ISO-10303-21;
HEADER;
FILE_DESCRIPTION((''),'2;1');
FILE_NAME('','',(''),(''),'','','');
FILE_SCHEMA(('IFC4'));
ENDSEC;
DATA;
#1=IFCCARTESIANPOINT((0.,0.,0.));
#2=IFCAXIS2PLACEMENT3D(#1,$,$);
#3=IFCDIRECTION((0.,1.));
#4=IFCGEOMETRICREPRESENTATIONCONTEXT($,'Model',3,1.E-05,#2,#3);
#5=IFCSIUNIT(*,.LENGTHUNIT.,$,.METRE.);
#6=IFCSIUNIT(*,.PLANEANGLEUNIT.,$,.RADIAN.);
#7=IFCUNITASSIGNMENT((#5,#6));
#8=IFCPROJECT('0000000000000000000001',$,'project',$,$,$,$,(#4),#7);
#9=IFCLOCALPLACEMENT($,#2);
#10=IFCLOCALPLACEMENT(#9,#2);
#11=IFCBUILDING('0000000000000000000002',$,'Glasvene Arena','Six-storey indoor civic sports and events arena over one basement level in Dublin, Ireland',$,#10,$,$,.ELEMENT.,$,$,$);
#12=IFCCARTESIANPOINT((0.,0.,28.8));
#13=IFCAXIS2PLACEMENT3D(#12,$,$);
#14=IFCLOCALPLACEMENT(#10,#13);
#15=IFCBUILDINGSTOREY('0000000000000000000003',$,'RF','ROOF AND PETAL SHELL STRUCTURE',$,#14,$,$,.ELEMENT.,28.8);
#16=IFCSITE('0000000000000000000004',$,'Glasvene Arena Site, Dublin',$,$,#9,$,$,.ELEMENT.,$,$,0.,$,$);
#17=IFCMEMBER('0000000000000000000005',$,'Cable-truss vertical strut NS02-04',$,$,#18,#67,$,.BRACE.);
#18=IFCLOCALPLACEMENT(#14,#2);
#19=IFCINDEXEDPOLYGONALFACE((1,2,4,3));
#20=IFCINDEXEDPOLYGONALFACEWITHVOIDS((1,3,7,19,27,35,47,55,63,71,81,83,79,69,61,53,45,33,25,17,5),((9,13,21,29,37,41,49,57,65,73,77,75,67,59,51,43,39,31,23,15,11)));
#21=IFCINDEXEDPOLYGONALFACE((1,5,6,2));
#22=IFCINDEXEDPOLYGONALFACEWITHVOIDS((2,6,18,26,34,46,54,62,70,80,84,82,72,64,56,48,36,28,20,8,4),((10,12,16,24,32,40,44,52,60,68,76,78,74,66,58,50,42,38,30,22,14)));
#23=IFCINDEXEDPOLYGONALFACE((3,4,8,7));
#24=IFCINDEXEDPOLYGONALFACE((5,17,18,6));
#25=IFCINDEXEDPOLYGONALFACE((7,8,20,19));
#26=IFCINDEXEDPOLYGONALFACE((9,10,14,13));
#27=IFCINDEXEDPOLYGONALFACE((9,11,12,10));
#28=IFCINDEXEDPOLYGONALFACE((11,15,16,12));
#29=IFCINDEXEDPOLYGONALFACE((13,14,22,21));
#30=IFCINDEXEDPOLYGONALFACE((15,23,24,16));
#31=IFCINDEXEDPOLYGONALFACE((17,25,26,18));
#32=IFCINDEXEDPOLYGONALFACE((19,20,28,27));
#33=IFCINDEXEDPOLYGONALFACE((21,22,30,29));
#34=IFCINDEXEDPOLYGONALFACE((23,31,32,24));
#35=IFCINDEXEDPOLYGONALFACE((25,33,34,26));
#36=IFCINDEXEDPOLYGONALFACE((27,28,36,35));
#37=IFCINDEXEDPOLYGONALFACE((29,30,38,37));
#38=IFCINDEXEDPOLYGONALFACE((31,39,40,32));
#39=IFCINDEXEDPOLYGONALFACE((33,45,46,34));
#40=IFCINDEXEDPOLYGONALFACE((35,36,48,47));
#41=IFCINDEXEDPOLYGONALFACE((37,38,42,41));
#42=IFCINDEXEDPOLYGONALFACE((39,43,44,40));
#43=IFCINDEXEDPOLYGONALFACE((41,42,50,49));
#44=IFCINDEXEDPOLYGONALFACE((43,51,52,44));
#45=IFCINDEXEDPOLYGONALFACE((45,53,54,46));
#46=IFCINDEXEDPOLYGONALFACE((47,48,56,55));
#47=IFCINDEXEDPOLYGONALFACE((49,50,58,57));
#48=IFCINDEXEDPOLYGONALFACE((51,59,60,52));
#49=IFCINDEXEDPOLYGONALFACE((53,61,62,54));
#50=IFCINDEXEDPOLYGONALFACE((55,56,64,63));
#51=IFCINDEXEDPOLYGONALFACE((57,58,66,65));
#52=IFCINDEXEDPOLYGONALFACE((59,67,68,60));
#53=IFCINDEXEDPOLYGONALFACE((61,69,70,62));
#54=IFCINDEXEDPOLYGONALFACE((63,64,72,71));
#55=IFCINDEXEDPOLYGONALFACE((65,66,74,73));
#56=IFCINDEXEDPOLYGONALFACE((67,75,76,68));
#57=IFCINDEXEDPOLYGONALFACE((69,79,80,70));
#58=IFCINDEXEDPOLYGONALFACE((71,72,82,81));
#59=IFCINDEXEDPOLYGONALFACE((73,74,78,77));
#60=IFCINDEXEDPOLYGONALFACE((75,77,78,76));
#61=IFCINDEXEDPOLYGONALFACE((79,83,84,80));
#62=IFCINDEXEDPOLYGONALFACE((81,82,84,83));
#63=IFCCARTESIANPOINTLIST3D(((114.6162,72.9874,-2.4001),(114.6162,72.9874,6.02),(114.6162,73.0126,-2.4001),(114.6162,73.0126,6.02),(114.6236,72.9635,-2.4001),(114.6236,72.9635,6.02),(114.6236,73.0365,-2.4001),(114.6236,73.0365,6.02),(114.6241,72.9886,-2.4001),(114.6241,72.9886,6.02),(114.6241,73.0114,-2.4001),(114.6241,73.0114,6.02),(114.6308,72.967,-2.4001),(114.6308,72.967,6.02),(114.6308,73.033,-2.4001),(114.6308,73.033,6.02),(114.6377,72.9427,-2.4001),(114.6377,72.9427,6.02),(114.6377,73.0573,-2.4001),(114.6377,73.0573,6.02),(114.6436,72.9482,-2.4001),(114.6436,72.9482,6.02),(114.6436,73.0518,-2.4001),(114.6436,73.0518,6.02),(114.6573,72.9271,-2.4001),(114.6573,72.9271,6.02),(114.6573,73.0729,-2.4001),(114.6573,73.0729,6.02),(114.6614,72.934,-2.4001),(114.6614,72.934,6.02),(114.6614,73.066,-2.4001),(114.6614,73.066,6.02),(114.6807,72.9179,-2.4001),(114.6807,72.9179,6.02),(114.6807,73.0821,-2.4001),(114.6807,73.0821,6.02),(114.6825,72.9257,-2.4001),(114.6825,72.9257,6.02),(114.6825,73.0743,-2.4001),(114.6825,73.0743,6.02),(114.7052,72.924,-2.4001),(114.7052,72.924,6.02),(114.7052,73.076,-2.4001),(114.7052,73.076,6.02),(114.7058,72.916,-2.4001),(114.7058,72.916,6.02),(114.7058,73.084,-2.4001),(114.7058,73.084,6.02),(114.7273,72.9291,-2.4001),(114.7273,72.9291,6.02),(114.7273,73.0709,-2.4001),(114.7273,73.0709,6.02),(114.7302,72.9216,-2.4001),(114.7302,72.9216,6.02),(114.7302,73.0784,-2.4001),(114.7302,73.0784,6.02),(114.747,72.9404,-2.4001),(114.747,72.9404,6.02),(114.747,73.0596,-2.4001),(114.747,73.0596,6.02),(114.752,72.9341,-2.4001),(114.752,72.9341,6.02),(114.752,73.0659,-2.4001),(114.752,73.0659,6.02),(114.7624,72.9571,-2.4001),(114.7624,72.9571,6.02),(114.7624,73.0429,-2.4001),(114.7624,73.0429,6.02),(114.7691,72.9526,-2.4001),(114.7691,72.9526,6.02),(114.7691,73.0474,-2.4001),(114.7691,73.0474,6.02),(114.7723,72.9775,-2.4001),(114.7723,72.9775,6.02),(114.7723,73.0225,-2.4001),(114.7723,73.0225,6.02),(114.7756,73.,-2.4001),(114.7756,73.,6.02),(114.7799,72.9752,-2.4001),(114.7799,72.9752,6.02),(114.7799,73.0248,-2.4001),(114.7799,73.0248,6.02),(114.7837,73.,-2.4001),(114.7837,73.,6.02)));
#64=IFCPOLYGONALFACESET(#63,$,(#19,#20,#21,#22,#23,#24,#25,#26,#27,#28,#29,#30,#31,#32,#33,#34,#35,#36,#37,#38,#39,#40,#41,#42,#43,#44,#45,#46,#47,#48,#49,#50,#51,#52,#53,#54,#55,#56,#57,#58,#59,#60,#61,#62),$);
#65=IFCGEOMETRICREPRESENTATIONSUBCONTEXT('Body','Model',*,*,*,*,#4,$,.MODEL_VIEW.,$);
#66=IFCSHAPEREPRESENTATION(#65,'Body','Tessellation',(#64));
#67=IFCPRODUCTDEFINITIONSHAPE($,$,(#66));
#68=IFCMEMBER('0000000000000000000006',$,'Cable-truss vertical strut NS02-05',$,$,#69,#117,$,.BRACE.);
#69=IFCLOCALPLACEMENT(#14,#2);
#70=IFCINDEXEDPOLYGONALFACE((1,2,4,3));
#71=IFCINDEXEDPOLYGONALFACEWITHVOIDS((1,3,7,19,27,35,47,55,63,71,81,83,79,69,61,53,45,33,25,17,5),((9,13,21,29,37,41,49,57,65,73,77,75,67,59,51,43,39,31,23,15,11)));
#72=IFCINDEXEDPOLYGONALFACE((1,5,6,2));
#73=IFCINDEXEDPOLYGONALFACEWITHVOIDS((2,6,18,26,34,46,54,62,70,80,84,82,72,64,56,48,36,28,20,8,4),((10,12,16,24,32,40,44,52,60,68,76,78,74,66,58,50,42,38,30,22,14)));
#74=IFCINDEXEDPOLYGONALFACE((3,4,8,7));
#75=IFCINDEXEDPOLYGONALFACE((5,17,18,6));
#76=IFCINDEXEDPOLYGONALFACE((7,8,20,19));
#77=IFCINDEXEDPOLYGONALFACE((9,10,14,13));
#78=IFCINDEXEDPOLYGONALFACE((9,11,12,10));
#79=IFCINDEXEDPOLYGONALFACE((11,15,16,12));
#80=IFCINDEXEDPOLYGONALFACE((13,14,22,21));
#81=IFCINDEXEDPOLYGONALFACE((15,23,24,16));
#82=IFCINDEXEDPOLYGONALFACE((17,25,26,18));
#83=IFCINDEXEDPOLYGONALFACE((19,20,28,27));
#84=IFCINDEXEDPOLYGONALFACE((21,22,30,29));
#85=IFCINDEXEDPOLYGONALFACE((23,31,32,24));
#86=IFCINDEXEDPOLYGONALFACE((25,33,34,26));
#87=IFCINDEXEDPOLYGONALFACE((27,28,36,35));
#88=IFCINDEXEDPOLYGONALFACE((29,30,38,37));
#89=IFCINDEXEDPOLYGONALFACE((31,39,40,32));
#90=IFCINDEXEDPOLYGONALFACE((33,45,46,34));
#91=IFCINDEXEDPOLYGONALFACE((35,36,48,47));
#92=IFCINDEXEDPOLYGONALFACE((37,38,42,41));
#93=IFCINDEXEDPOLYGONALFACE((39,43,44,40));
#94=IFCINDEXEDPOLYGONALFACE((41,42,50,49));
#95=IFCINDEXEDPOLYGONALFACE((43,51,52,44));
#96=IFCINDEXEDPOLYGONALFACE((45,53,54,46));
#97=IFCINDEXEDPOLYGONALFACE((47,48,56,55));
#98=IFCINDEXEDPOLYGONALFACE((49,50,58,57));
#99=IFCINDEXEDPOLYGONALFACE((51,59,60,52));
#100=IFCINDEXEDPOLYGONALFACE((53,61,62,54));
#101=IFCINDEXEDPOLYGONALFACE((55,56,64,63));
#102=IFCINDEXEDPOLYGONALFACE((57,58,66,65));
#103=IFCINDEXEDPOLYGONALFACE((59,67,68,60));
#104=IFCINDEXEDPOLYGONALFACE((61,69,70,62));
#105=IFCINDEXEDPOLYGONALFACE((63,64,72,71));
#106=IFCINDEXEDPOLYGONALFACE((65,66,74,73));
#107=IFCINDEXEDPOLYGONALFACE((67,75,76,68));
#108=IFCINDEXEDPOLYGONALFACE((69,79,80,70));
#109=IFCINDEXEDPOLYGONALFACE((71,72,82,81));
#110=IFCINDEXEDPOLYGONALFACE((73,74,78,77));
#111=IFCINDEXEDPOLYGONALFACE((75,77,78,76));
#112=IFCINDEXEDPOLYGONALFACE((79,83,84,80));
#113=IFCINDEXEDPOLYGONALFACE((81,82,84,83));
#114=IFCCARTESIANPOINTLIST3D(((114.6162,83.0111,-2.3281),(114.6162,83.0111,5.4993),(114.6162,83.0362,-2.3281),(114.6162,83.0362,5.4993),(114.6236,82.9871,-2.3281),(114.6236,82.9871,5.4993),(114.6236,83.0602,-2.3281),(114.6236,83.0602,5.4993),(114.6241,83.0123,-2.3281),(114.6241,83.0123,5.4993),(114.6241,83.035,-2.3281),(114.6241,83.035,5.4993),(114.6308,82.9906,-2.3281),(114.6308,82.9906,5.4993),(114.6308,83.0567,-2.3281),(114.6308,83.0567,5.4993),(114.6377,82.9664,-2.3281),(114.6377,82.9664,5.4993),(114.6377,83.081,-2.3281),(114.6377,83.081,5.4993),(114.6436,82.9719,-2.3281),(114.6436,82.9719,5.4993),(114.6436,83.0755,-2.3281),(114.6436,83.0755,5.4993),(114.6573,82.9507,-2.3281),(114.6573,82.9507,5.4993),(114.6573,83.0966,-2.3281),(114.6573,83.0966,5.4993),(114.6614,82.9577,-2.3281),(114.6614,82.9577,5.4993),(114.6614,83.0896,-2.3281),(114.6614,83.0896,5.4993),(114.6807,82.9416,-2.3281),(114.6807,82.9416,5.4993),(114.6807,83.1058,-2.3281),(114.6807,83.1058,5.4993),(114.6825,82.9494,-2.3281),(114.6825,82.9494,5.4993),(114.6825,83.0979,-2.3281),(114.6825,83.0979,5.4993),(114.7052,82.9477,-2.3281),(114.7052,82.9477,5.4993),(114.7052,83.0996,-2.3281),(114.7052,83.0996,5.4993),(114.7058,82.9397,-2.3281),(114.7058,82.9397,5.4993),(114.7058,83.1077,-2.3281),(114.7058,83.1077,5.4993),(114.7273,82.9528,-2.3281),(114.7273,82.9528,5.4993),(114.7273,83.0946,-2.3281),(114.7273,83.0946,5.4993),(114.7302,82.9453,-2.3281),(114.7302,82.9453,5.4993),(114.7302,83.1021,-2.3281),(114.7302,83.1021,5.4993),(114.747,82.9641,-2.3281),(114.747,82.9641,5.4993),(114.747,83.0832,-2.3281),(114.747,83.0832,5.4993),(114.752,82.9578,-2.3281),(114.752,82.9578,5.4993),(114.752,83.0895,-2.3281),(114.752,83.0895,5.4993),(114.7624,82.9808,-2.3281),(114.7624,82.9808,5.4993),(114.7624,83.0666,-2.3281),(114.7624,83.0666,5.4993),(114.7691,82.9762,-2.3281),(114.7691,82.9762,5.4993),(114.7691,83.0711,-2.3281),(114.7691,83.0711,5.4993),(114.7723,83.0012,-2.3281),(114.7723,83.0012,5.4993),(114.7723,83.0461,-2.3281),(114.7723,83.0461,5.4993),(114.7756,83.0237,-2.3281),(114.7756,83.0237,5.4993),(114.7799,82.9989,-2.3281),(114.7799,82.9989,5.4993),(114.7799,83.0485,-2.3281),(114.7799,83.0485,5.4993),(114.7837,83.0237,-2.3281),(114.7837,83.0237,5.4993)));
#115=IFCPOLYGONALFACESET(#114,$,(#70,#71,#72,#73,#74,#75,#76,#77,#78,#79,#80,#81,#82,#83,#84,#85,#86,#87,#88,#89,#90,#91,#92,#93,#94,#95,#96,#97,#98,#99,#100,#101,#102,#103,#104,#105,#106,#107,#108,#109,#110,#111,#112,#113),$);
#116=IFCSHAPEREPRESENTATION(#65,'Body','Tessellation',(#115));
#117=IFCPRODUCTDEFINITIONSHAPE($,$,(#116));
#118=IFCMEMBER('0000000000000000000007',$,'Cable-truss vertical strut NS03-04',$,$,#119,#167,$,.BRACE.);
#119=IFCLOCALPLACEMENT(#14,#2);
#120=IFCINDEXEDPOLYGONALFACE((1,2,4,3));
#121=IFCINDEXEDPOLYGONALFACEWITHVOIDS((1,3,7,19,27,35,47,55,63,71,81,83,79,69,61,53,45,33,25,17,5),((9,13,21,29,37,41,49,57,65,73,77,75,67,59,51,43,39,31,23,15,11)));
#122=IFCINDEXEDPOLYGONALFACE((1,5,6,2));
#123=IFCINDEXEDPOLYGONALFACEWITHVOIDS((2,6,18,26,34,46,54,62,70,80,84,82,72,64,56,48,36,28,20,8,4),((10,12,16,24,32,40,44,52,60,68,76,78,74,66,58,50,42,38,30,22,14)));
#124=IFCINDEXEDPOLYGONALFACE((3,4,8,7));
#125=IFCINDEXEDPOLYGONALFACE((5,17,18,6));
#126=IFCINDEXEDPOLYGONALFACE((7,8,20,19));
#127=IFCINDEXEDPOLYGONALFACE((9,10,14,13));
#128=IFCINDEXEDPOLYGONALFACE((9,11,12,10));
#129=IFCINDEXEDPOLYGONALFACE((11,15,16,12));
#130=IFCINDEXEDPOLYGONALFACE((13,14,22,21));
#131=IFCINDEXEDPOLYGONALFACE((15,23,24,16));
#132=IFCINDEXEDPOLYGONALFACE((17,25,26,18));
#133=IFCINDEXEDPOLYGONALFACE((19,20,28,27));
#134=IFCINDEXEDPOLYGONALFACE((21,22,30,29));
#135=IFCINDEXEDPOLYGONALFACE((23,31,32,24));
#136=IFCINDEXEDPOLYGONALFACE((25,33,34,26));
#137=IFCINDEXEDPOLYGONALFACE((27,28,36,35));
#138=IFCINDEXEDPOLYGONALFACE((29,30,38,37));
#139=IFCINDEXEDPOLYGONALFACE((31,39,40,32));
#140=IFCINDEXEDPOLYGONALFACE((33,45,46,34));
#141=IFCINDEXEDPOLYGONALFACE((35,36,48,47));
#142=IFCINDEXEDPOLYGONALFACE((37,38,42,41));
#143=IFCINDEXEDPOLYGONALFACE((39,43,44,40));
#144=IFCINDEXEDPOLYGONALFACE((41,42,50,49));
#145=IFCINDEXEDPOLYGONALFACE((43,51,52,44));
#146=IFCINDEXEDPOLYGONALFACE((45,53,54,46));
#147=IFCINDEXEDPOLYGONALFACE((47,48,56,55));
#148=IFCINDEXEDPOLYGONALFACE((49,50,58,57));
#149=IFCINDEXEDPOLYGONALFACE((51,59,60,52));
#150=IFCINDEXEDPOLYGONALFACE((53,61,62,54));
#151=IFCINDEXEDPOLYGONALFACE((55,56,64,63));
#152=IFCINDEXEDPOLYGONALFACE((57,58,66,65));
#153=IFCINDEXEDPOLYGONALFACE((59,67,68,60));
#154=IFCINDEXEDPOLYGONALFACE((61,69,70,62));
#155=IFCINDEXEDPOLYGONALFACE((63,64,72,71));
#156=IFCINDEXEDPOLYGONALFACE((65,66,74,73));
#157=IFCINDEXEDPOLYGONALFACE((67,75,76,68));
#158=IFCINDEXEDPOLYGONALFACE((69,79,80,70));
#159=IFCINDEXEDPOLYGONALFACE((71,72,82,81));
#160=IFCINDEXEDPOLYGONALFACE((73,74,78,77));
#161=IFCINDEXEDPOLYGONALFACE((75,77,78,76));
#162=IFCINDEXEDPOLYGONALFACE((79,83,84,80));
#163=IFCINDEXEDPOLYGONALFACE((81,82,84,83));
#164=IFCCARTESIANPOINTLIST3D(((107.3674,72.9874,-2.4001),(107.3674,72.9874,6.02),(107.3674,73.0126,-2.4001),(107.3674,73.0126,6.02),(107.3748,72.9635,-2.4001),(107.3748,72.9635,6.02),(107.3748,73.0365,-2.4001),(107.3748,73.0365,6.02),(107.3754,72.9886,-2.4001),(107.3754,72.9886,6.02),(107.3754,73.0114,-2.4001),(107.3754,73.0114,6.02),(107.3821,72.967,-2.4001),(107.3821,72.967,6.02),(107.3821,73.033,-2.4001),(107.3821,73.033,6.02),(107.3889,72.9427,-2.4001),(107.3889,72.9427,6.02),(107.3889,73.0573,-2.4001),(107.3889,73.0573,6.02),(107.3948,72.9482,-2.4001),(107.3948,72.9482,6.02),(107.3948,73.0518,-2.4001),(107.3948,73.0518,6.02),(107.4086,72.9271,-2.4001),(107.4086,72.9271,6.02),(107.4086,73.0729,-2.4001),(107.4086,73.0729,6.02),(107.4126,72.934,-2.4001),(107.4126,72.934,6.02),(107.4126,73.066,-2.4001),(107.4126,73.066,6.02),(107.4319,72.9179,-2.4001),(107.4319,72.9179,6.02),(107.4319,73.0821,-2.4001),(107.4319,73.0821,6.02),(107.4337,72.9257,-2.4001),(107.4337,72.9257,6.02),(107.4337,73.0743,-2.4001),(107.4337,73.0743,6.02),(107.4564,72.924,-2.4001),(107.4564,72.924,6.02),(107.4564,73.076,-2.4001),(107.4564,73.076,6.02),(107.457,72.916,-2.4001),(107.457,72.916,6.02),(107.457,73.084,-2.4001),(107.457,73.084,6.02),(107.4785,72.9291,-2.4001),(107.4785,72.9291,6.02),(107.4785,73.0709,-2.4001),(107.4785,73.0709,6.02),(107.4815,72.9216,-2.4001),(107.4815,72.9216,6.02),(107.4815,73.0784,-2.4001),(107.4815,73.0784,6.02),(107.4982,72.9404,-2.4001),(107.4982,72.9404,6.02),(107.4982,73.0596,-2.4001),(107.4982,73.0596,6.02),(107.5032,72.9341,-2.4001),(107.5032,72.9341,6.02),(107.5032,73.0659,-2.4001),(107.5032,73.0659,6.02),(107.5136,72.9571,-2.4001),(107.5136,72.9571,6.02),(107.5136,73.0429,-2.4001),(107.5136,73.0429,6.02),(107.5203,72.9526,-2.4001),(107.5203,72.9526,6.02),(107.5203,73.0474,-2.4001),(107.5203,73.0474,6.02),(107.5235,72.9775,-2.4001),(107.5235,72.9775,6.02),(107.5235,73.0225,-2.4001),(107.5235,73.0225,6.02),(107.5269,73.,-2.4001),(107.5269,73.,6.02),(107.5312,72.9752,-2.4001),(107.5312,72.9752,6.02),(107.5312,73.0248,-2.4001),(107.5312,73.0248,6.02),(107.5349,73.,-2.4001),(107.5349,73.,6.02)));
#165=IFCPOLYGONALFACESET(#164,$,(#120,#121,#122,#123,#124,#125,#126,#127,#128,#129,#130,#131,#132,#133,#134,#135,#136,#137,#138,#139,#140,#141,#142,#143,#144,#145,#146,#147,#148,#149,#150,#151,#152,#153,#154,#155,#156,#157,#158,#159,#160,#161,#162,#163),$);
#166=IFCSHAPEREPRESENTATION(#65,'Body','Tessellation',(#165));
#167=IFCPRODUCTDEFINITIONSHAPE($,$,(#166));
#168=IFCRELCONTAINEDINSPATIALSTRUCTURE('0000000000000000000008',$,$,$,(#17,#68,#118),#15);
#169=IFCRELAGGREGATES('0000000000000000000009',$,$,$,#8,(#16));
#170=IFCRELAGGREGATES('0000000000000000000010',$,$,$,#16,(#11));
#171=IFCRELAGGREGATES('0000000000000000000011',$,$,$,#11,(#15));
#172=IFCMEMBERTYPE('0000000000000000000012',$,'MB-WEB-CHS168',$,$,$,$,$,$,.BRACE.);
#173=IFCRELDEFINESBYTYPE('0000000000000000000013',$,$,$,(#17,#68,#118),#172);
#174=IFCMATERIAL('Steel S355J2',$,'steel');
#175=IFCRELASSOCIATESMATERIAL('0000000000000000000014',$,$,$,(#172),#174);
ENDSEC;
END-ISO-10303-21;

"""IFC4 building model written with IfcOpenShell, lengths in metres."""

from ifc_helpers import new_model, si_unit, direction, frame, origin, origin_2d, place, context, subcontext, project, spatial, hollow_circle, extrude, material, material_profile, profile_set, type_object, element, save


model = new_model("IFC4")

# Units and contexts
model_context = context("Model", 3, precision=1e-05, world=origin(), true_north=direction((0.0, 1.0)))
body_context = subcontext(model_context, "Body", "Model", "MODEL_VIEW")
ifc_project = project(units=[si_unit("LENGTHUNIT", "METRE"), si_unit("PLANEANGLEUNIT", "RADIAN")], contexts=[model_context])

# Site, building, storey
site_placement = place(None, origin())
site = spatial("IfcSite", under=ifc_project, at=site_placement, Name="Glasvene Arena Site, Dublin", CompositionType="ELEMENT", RefElevation=0.0)
building_placement = place(site_placement, origin())
building = spatial("IfcBuilding", under=site, at=building_placement, Name="Glasvene Arena", Description="Six-storey indoor civic sports and events arena over one basement level in Dublin, Ireland", CompositionType="ELEMENT")
storey_placement = place(building_placement, frame((0.0, 0.0, 28.8)))
storey = spatial("IfcBuildingStorey", under=building, at=storey_placement, Name="RF", Description="ROOF AND PETAL SHELL STRUCTURE", CompositionType="ELEMENT", Elevation=28.8)

# Members
ifc_material_1 = material(Name="Steel S355J2", Category="steel")
ifc_material_profile_1 = material_profile(ifc_material_1, hollow_circle(Radius=0.0842, WallThickness=0.0081, at=origin_2d()), Name="CHS 168.3x8.0")
ifc_profile_set_1 = profile_set([ifc_material_profile_1], Name="Steel S355J2")
member_type_1 = type_object("IfcMemberType", Name="MB-WEB-CHS168", PredefinedType="BRACE", material=ifc_profile_set_1)
member_1_placement = place(storey_placement, frame((114.6995, 73.0, -2.4001), z_axis=(0.0, 0.0, 1.0), x_axis=(1.0, 0.0, 0.0)))
element("IfcMember", 1, at=member_1_placement, inside=storey, type_object=member_type_1, Name="Cable-truss vertical strut NS02-04", PredefinedType="BRACE", context=body_context, shape_type="SweptSolid", body=[
    extrude(hollow_circle(Radius=0.0842, WallThickness=0.0081, at=origin_2d()), origin(), (0.0, 0.0, 1.0), 8.4202),
])
member_2_placement = place(storey_placement, frame((114.6995, 83.0237, -2.3281), z_axis=(0.0, 0.0, 1.0), x_axis=(1.0, 0.0, 0.0)))
element("IfcMember", 2, at=member_2_placement, inside=storey, type_object=member_type_1, Name="Cable-truss vertical strut NS02-05", PredefinedType="BRACE", context=body_context, shape_type="SweptSolid", body=[
    extrude(hollow_circle(Radius=0.0842, WallThickness=0.0081, at=origin_2d()), origin(), (0.0, 0.0, 1.0), 7.8274),
])
member_3_placement = place(storey_placement, frame((107.4507, 73.0, -2.4001), z_axis=(0.0, 0.0, 1.0), x_axis=(1.0, 0.0, 0.0)))
element("IfcMember", 3, at=member_3_placement, inside=storey, type_object=member_type_1, Name="Cable-truss vertical strut NS03-04", PredefinedType="BRACE", context=body_context, shape_type="SweptSolid", body=[
    extrude(hollow_circle(Radius=0.0842, WallThickness=0.0081, at=origin_2d()), origin(), (0.0, 0.0, 1.0), 8.4202),
])

save(model, "model.ifc")
